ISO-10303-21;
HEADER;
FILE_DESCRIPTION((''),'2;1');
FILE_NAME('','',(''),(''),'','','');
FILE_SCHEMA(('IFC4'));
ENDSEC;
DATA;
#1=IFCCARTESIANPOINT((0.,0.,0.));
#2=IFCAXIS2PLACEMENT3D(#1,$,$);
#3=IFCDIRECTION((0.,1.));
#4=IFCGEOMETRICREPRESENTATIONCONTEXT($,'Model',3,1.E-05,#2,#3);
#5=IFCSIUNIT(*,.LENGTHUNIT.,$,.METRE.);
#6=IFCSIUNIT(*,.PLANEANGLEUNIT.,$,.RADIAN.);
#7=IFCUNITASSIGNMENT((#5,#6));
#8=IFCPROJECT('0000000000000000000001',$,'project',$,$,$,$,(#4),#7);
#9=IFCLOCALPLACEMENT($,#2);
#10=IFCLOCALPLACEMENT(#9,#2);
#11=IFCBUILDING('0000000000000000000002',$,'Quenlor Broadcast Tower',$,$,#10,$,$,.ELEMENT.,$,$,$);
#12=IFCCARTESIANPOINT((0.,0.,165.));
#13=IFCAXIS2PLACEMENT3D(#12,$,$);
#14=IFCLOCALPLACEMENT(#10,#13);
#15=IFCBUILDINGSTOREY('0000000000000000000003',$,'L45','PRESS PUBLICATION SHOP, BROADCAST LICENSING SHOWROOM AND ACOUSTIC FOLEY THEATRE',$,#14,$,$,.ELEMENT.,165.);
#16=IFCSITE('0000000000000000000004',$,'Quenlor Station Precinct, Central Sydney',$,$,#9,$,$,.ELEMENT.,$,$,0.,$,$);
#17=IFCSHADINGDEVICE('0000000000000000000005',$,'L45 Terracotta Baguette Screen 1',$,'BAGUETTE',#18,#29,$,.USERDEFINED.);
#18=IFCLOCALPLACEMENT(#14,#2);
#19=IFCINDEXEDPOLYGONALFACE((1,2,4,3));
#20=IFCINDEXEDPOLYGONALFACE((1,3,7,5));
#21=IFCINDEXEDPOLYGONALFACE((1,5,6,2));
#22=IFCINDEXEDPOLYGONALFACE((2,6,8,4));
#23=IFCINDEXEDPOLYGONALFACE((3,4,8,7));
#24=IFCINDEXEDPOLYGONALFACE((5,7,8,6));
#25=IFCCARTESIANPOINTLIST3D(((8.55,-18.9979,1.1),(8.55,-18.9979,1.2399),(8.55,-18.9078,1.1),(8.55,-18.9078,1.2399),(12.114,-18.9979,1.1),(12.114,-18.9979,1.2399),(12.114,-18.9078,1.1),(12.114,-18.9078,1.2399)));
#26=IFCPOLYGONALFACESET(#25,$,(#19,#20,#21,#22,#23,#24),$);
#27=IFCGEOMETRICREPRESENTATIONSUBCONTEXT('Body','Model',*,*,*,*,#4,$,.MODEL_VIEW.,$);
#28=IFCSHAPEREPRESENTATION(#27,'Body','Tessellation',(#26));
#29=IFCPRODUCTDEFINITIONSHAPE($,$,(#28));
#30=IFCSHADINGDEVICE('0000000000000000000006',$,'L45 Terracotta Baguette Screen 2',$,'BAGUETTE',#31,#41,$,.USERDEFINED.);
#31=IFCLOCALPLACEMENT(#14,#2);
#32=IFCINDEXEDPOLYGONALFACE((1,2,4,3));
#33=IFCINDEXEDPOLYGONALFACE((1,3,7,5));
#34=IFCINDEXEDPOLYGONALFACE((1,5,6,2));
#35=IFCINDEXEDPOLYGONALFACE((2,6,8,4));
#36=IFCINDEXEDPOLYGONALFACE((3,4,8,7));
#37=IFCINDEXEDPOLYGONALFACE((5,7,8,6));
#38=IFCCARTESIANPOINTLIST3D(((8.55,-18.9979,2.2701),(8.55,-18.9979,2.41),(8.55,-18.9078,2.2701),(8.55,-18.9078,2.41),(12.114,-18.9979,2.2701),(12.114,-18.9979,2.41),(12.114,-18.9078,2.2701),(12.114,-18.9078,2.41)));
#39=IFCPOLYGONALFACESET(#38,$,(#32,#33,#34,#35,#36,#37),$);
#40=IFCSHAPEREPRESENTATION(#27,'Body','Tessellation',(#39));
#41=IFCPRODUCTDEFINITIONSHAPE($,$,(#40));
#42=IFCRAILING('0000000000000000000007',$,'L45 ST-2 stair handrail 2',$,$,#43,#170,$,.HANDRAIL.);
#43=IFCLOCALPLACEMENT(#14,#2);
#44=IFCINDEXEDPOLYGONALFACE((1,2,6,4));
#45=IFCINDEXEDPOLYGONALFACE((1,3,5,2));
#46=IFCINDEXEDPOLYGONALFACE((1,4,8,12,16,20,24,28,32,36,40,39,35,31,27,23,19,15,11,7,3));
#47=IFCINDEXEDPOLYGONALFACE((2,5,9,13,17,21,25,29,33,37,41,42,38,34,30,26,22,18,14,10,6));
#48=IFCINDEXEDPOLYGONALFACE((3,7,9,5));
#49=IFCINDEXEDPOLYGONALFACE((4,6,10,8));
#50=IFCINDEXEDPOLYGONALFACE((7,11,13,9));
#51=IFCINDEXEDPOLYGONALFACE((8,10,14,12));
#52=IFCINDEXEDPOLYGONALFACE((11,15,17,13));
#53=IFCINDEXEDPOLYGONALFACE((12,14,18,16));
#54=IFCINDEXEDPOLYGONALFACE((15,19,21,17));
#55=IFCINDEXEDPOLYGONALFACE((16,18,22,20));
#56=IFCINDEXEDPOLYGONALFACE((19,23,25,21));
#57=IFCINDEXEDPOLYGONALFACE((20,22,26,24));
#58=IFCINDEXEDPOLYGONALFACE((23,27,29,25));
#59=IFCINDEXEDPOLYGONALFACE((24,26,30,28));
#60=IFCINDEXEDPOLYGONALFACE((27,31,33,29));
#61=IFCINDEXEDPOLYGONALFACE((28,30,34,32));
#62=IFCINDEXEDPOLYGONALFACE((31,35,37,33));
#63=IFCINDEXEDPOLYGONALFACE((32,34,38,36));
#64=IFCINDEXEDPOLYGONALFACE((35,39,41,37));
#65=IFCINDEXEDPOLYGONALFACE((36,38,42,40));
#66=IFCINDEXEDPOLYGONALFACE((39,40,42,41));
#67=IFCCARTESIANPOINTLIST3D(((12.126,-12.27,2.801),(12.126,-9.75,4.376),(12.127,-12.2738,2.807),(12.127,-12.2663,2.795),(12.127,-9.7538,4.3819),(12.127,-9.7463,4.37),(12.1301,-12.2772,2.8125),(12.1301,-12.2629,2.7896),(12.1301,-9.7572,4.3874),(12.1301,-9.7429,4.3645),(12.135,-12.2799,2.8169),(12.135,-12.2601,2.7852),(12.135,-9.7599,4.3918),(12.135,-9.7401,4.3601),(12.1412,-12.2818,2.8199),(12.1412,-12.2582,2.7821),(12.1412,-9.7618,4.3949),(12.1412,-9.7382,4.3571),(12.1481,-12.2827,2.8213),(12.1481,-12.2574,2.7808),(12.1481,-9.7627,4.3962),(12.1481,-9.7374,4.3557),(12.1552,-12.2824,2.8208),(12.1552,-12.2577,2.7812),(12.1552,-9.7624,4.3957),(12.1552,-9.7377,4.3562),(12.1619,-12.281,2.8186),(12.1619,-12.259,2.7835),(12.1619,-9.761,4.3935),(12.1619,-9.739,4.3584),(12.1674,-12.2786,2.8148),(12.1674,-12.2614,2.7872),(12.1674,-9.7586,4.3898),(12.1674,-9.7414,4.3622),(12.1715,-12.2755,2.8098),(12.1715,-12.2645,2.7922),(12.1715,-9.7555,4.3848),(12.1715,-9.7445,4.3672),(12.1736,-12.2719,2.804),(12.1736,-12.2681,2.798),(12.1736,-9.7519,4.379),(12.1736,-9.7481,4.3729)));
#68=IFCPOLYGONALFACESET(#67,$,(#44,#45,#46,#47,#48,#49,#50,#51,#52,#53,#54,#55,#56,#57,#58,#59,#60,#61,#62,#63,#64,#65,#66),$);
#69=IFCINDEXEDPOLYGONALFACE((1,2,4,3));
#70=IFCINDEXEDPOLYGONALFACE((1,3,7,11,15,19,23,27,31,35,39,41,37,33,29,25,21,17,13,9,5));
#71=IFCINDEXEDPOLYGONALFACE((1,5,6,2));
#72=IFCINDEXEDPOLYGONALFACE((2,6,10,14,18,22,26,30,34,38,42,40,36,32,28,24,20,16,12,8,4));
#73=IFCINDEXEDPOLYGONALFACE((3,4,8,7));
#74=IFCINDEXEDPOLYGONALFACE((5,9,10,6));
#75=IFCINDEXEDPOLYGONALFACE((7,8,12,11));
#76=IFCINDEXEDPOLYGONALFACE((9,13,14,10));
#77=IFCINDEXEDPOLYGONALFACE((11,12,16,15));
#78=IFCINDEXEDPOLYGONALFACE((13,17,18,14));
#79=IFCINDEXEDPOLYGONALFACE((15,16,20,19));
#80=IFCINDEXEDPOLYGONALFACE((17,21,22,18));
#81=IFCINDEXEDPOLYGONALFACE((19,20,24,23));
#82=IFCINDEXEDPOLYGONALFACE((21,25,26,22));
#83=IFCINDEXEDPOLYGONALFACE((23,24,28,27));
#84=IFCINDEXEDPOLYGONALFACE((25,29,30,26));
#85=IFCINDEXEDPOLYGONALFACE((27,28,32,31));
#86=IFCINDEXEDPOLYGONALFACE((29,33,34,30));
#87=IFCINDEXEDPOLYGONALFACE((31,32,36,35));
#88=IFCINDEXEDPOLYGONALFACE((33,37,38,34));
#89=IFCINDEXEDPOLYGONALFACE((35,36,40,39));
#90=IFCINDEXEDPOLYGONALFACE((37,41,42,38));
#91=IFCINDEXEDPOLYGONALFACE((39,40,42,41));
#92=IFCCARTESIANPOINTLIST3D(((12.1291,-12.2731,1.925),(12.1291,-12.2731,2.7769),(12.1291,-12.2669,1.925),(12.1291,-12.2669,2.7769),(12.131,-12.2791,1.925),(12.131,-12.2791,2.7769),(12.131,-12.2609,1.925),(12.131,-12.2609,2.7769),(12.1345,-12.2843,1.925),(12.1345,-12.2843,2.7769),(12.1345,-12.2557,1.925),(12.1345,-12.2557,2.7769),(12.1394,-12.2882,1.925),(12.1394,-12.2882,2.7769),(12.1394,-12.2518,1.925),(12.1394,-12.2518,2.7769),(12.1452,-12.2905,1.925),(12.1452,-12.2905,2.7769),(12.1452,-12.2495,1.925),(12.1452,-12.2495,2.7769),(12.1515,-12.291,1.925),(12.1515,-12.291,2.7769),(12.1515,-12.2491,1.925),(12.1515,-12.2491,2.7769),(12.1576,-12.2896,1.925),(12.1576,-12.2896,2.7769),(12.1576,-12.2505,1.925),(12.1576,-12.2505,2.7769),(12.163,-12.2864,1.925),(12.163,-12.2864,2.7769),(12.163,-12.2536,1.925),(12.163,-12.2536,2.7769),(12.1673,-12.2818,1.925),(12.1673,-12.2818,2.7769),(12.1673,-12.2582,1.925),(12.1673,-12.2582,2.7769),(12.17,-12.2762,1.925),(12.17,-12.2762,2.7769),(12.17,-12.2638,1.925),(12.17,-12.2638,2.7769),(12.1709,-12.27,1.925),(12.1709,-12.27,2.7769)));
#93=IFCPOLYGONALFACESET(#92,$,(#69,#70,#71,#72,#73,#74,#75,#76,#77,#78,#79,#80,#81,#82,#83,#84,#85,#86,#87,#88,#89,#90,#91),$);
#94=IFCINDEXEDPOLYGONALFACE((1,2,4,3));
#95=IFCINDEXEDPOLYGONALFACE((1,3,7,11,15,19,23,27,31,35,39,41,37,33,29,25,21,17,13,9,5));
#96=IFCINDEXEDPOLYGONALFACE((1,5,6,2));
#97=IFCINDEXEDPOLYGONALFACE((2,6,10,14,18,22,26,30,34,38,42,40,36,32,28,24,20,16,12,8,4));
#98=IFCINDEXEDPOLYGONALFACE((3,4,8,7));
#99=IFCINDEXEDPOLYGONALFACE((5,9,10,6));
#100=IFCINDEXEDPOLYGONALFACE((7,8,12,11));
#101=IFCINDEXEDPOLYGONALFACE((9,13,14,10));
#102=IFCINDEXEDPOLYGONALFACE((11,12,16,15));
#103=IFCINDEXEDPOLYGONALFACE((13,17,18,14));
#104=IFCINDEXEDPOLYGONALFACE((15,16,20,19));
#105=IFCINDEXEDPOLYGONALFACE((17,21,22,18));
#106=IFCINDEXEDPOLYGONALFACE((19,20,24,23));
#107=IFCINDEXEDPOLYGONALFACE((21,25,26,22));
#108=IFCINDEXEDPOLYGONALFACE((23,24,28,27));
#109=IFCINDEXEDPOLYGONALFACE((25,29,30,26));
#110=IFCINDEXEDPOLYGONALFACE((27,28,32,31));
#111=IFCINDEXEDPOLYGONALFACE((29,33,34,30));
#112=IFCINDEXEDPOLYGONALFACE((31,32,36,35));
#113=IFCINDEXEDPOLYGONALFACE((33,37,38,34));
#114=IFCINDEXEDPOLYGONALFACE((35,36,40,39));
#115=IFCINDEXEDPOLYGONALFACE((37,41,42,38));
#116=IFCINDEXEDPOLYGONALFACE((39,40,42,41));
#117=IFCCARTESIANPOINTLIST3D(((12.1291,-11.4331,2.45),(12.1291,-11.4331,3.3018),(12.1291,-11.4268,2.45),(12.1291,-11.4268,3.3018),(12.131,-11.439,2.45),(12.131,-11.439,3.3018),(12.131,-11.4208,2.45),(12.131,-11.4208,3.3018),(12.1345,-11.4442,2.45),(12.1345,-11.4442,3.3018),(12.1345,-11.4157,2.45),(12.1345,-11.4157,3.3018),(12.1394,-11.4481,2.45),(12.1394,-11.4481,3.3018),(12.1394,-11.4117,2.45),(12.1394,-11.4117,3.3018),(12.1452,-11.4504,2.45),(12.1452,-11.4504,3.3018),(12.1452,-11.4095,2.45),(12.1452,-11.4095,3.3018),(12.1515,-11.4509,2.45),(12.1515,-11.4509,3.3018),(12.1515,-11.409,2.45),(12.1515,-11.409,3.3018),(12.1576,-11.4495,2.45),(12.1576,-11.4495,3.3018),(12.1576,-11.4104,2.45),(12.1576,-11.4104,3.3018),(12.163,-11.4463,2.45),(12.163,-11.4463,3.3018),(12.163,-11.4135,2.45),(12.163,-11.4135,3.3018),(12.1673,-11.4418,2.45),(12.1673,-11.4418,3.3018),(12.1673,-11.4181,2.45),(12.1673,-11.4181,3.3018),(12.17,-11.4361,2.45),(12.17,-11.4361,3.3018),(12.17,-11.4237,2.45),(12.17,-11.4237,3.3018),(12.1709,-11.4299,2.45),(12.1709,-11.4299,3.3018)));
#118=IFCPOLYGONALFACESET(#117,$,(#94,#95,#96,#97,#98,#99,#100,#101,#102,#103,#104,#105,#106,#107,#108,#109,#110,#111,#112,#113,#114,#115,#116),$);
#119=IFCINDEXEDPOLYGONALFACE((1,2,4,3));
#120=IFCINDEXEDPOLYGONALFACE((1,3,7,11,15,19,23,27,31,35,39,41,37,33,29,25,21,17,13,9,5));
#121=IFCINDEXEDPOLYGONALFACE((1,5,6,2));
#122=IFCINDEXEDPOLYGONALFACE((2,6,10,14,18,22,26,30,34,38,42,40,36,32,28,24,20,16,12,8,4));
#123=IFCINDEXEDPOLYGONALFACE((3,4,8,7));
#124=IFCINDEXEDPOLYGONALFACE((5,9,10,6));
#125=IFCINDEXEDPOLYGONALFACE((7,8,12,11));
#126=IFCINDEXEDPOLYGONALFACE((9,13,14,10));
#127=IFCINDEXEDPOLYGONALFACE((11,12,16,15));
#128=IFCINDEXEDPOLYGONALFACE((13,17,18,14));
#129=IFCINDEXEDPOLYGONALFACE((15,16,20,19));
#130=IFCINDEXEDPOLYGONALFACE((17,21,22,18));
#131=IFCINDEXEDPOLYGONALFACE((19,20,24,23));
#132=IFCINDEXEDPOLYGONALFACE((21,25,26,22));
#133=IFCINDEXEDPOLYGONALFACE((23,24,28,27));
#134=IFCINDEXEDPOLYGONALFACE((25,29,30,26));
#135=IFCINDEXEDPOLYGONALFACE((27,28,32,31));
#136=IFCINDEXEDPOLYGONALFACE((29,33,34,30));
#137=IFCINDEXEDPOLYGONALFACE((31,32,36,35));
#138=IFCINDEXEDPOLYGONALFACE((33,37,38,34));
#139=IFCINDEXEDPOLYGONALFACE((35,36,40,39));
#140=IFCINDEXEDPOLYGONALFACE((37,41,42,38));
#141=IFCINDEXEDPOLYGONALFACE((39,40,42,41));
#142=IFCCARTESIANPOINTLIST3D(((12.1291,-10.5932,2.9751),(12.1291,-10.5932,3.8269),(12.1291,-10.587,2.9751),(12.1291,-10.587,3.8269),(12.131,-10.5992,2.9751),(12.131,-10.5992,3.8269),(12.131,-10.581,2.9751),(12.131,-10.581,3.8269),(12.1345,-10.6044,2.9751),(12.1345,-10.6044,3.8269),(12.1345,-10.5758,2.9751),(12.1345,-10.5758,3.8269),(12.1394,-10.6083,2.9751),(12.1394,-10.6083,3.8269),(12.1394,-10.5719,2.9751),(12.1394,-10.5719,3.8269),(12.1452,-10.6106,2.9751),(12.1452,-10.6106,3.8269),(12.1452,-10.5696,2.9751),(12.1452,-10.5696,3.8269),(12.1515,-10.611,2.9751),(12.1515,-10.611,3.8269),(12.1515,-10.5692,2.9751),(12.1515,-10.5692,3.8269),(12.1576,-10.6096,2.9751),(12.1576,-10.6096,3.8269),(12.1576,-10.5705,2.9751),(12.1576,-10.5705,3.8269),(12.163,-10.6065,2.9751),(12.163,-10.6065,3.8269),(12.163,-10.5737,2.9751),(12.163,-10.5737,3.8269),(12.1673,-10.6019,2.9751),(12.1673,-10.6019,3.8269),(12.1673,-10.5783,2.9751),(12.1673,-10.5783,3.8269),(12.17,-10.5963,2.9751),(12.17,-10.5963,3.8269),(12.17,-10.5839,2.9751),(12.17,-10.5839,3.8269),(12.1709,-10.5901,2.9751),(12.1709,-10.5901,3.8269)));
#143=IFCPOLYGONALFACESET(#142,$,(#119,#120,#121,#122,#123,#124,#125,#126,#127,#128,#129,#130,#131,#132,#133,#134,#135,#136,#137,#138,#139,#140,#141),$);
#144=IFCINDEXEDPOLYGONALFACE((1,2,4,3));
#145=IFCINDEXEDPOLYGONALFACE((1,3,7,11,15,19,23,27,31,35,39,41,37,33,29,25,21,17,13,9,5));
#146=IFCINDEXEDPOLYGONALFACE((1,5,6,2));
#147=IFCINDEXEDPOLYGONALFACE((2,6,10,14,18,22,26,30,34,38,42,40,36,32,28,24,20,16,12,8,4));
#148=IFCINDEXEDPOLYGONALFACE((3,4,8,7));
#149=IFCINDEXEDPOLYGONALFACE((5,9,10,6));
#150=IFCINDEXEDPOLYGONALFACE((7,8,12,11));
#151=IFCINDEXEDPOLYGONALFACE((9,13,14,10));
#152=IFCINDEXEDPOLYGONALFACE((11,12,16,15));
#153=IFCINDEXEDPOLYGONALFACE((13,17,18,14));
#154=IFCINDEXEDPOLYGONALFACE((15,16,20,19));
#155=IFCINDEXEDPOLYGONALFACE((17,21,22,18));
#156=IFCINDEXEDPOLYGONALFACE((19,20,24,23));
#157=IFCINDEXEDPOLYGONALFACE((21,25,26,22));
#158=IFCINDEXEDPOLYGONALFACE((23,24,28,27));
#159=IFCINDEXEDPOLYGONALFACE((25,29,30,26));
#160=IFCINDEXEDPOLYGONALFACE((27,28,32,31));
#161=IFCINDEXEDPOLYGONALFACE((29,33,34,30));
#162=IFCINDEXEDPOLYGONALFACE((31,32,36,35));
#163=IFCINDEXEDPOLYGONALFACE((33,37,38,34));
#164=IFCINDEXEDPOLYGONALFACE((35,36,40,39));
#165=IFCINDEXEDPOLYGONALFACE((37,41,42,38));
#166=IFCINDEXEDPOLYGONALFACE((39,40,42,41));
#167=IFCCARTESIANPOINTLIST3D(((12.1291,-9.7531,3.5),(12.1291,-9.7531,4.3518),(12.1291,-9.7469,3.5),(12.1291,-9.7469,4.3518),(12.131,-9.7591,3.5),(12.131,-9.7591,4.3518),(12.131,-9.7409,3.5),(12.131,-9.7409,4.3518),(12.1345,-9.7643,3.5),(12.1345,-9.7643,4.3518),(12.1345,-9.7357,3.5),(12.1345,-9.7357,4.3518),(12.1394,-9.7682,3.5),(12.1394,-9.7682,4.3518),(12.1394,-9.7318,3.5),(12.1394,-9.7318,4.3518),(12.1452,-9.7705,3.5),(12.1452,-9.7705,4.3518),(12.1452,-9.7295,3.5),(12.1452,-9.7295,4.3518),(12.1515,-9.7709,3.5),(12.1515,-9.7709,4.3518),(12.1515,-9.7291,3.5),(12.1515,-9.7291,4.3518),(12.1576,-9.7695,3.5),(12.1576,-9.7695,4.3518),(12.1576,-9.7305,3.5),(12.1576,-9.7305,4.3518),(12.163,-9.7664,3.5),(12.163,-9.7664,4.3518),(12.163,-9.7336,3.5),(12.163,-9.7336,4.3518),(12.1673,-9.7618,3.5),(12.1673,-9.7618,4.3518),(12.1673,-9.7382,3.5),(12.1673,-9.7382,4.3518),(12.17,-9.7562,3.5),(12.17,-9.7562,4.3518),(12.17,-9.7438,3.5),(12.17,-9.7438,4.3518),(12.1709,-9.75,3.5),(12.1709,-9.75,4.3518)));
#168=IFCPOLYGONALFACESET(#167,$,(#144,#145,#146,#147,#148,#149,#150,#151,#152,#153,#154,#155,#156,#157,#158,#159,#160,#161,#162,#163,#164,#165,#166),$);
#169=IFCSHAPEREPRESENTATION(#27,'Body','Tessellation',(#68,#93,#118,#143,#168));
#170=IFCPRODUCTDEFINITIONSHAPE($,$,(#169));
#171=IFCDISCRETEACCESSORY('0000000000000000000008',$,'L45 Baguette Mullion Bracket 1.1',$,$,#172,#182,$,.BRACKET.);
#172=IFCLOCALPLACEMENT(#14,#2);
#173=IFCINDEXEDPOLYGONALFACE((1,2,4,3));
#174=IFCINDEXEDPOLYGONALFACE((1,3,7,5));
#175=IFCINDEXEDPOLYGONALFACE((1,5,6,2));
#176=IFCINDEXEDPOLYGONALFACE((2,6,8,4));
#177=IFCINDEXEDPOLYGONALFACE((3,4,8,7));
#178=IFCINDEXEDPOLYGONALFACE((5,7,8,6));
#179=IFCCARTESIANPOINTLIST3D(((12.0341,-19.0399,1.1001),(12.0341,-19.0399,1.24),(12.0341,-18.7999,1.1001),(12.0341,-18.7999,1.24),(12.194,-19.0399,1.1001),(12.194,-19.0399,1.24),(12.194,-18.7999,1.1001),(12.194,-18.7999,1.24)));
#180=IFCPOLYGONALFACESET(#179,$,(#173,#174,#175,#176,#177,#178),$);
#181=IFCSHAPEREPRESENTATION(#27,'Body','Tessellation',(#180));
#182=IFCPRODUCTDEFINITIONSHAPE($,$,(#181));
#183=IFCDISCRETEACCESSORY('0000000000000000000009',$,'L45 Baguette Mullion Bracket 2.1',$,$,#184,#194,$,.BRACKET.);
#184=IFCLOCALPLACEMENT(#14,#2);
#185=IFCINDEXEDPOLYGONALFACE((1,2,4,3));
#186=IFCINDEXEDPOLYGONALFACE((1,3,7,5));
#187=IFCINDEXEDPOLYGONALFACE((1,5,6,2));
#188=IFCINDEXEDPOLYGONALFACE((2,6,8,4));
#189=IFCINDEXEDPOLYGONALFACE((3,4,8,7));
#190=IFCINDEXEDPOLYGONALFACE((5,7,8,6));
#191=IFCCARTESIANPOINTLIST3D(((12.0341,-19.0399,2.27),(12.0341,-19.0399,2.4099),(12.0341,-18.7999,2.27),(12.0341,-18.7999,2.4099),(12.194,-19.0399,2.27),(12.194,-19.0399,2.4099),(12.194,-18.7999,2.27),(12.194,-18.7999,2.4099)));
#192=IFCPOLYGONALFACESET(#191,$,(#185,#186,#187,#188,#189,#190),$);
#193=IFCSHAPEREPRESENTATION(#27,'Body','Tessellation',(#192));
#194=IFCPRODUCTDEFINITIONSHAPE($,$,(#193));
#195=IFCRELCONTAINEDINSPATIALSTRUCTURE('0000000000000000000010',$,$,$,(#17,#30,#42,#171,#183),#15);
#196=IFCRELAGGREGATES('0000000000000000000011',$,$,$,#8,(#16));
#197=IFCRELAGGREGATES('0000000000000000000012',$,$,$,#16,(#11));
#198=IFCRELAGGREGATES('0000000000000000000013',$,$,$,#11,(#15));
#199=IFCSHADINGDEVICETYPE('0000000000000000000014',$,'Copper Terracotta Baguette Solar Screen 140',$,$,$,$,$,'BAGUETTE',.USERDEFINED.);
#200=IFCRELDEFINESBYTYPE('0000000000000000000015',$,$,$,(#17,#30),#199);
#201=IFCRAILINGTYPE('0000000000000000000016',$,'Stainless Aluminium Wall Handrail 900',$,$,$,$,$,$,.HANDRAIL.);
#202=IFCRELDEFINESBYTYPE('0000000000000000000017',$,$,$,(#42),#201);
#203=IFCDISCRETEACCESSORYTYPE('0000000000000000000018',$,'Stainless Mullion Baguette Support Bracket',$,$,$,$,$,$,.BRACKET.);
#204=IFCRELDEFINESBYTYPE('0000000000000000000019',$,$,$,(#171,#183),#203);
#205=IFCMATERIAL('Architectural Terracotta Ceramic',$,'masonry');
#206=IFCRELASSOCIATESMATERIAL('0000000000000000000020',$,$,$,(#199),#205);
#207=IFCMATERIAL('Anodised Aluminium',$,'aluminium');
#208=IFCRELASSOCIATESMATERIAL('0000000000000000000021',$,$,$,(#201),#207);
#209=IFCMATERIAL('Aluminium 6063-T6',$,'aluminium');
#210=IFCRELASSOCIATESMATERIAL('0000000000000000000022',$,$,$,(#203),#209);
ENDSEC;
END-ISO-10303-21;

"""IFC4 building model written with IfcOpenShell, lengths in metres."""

from ifc_helpers import new_model, si_unit, direction, frame, origin, origin_2d, place, context, subcontext, project, spatial, rectangle, circle, extrude, material, material_profile, profile_set, type_object, element, save


model = new_model("IFC4")

# Units and contexts
model_context = context("Model", 3, precision=1e-05, world=origin(), true_north=direction((0.0, 1.0)))
body_context = subcontext(model_context, "Body", "Model", "MODEL_VIEW")
ifc_project = project(units=[si_unit("LENGTHUNIT", "METRE"), si_unit("PLANEANGLEUNIT", "RADIAN")], contexts=[model_context])

# Site, building, storey
site_placement = place(None, origin())
site = spatial("IfcSite", under=ifc_project, at=site_placement, Name="Quenlor Station Precinct, Central Sydney", CompositionType="ELEMENT", RefElevation=0.0)
building_placement = place(site_placement, origin())
building = spatial("IfcBuilding", under=site, at=building_placement, Name="Quenlor Broadcast Tower", CompositionType="ELEMENT")
storey_placement = place(building_placement, frame((0.0, 0.0, 165.0)))
storey = spatial("IfcBuildingStorey", under=building, at=storey_placement, Name="L45", Description="PRESS PUBLICATION SHOP, BROADCAST LICENSING SHOWROOM AND ACOUSTIC FOLEY THEATRE", CompositionType="ELEMENT", Elevation=165.0)

# Shading devices
ifc_material_1 = material(Name="Architectural Terracotta Ceramic", Category="masonry")
ifc_material_profile_1 = material_profile(ifc_material_1, rectangle(XDim=0.0901, YDim=0.1399, at=origin_2d()))
ifc_profile_set_1 = profile_set([ifc_material_profile_1], Name="Architectural Terracotta Ceramic BAG90x140")
shading_device_type = type_object("IfcShadingDeviceType", Name="Copper Terracotta Baguette Solar Screen 140", ElementType="BAGUETTE", PredefinedType="USERDEFINED", material=ifc_profile_set_1)
for number, where, z_axis, x_axis, name in (
    (1, (12.114, -18.9529, 1.1699), (-1.0, 0.0, 0.0), (0.0, -1.0, 0.0), "L45 Terracotta Baguette Screen 1"),
    (2, (12.114, -18.9529, 2.3401), (-1.0, 0.0, 0.0), (0.0, -1.0, 0.0), "L45 Terracotta Baguette Screen 2"),
):
    element("IfcShadingDevice", number, at=place(storey_placement, frame(where, z_axis=z_axis, x_axis=x_axis)), inside=storey, type_object=shading_device_type, Name=name, ObjectType="BAGUETTE", PredefinedType="USERDEFINED", context=body_context, shape_type="SweptSolid", body=[
        extrude(rectangle(XDim=0.0901, YDim=0.1399, at=origin_2d()), origin(), (0.0, 0.0, 1.0), 3.564),
    ])

# Railing
ifc_material_2 = material(Name="Anodised Aluminium", Category="aluminium")
railing_type = type_object("IfcRailingType", Name="Stainless Aluminium Wall Handrail 900", PredefinedType="HANDRAIL", material=ifc_material_2)
railing_placement = place(storey_placement, frame((12.1499, -12.27, 1.925)))
element("IfcRailing", 3, at=railing_placement, inside=storey, type_object=railing_type, Name="L45 ST-2 stair handrail 2", PredefinedType="HANDRAIL", context=body_context, shape_type="SweptSolid", body=[
    extrude(circle(Radius=0.0239, at=origin_2d()), frame((0.0, 0.0, 0.876), z_axis=(0.0, 0.848008, 0.529984), x_axis=(-1.0, 0.0, 0.0)), (0.0, 0.0, 1.0), 2.9717),
    extrude(circle(Radius=0.021, at=origin_2d()), origin(), (0.0, 0.0, 1.0), 0.8518),
    extrude(circle(Radius=0.021, at=origin_2d()), frame((0.0, 0.8401, 0.5249)), (0.0, 0.0, 1.0), 0.8518),
    extrude(circle(Radius=0.021, at=origin_2d()), frame((0.0, 1.6799, 1.05)), (0.0, 0.0, 1.0), 0.8518),
    extrude(circle(Radius=0.021, at=origin_2d()), frame((0.0, 2.52, 1.575)), (0.0, 0.0, 1.0), 0.8518),
])

# Discrete accessories
ifc_material_3 = material(Name="Aluminium 6063-T6", Category="aluminium")
discrete_accessory_type = type_object("IfcDiscreteAccessoryType", Name="Stainless Mullion Baguette Support Bracket", PredefinedType="BRACKET", material=ifc_material_3)
for number, where, z_axis, x_axis, name in (
    (4, (12.114, -18.9199, 1.1001), (0.0, 0.0, 1.0), (-1.0, 0.0, 0.0), "L45 Baguette Mullion Bracket 1.1"),
    (5, (12.114, -18.9199, 2.27), (0.0, 0.0, 1.0), (-1.0, 0.0, 0.0), "L45 Baguette Mullion Bracket 2.1"),
):
    element("IfcDiscreteAccessory", number, at=place(storey_placement, frame(where, z_axis=z_axis, x_axis=x_axis)), inside=storey, type_object=discrete_accessory_type, Name=name, PredefinedType="BRACKET", context=body_context, shape_type="SweptSolid", body=[
        extrude(rectangle(XDim=0.1599, YDim=0.24, at=origin_2d()), origin(), (0.0, 0.0, 1.0), 0.1399),
    ])

save(model, "model.ifc")
